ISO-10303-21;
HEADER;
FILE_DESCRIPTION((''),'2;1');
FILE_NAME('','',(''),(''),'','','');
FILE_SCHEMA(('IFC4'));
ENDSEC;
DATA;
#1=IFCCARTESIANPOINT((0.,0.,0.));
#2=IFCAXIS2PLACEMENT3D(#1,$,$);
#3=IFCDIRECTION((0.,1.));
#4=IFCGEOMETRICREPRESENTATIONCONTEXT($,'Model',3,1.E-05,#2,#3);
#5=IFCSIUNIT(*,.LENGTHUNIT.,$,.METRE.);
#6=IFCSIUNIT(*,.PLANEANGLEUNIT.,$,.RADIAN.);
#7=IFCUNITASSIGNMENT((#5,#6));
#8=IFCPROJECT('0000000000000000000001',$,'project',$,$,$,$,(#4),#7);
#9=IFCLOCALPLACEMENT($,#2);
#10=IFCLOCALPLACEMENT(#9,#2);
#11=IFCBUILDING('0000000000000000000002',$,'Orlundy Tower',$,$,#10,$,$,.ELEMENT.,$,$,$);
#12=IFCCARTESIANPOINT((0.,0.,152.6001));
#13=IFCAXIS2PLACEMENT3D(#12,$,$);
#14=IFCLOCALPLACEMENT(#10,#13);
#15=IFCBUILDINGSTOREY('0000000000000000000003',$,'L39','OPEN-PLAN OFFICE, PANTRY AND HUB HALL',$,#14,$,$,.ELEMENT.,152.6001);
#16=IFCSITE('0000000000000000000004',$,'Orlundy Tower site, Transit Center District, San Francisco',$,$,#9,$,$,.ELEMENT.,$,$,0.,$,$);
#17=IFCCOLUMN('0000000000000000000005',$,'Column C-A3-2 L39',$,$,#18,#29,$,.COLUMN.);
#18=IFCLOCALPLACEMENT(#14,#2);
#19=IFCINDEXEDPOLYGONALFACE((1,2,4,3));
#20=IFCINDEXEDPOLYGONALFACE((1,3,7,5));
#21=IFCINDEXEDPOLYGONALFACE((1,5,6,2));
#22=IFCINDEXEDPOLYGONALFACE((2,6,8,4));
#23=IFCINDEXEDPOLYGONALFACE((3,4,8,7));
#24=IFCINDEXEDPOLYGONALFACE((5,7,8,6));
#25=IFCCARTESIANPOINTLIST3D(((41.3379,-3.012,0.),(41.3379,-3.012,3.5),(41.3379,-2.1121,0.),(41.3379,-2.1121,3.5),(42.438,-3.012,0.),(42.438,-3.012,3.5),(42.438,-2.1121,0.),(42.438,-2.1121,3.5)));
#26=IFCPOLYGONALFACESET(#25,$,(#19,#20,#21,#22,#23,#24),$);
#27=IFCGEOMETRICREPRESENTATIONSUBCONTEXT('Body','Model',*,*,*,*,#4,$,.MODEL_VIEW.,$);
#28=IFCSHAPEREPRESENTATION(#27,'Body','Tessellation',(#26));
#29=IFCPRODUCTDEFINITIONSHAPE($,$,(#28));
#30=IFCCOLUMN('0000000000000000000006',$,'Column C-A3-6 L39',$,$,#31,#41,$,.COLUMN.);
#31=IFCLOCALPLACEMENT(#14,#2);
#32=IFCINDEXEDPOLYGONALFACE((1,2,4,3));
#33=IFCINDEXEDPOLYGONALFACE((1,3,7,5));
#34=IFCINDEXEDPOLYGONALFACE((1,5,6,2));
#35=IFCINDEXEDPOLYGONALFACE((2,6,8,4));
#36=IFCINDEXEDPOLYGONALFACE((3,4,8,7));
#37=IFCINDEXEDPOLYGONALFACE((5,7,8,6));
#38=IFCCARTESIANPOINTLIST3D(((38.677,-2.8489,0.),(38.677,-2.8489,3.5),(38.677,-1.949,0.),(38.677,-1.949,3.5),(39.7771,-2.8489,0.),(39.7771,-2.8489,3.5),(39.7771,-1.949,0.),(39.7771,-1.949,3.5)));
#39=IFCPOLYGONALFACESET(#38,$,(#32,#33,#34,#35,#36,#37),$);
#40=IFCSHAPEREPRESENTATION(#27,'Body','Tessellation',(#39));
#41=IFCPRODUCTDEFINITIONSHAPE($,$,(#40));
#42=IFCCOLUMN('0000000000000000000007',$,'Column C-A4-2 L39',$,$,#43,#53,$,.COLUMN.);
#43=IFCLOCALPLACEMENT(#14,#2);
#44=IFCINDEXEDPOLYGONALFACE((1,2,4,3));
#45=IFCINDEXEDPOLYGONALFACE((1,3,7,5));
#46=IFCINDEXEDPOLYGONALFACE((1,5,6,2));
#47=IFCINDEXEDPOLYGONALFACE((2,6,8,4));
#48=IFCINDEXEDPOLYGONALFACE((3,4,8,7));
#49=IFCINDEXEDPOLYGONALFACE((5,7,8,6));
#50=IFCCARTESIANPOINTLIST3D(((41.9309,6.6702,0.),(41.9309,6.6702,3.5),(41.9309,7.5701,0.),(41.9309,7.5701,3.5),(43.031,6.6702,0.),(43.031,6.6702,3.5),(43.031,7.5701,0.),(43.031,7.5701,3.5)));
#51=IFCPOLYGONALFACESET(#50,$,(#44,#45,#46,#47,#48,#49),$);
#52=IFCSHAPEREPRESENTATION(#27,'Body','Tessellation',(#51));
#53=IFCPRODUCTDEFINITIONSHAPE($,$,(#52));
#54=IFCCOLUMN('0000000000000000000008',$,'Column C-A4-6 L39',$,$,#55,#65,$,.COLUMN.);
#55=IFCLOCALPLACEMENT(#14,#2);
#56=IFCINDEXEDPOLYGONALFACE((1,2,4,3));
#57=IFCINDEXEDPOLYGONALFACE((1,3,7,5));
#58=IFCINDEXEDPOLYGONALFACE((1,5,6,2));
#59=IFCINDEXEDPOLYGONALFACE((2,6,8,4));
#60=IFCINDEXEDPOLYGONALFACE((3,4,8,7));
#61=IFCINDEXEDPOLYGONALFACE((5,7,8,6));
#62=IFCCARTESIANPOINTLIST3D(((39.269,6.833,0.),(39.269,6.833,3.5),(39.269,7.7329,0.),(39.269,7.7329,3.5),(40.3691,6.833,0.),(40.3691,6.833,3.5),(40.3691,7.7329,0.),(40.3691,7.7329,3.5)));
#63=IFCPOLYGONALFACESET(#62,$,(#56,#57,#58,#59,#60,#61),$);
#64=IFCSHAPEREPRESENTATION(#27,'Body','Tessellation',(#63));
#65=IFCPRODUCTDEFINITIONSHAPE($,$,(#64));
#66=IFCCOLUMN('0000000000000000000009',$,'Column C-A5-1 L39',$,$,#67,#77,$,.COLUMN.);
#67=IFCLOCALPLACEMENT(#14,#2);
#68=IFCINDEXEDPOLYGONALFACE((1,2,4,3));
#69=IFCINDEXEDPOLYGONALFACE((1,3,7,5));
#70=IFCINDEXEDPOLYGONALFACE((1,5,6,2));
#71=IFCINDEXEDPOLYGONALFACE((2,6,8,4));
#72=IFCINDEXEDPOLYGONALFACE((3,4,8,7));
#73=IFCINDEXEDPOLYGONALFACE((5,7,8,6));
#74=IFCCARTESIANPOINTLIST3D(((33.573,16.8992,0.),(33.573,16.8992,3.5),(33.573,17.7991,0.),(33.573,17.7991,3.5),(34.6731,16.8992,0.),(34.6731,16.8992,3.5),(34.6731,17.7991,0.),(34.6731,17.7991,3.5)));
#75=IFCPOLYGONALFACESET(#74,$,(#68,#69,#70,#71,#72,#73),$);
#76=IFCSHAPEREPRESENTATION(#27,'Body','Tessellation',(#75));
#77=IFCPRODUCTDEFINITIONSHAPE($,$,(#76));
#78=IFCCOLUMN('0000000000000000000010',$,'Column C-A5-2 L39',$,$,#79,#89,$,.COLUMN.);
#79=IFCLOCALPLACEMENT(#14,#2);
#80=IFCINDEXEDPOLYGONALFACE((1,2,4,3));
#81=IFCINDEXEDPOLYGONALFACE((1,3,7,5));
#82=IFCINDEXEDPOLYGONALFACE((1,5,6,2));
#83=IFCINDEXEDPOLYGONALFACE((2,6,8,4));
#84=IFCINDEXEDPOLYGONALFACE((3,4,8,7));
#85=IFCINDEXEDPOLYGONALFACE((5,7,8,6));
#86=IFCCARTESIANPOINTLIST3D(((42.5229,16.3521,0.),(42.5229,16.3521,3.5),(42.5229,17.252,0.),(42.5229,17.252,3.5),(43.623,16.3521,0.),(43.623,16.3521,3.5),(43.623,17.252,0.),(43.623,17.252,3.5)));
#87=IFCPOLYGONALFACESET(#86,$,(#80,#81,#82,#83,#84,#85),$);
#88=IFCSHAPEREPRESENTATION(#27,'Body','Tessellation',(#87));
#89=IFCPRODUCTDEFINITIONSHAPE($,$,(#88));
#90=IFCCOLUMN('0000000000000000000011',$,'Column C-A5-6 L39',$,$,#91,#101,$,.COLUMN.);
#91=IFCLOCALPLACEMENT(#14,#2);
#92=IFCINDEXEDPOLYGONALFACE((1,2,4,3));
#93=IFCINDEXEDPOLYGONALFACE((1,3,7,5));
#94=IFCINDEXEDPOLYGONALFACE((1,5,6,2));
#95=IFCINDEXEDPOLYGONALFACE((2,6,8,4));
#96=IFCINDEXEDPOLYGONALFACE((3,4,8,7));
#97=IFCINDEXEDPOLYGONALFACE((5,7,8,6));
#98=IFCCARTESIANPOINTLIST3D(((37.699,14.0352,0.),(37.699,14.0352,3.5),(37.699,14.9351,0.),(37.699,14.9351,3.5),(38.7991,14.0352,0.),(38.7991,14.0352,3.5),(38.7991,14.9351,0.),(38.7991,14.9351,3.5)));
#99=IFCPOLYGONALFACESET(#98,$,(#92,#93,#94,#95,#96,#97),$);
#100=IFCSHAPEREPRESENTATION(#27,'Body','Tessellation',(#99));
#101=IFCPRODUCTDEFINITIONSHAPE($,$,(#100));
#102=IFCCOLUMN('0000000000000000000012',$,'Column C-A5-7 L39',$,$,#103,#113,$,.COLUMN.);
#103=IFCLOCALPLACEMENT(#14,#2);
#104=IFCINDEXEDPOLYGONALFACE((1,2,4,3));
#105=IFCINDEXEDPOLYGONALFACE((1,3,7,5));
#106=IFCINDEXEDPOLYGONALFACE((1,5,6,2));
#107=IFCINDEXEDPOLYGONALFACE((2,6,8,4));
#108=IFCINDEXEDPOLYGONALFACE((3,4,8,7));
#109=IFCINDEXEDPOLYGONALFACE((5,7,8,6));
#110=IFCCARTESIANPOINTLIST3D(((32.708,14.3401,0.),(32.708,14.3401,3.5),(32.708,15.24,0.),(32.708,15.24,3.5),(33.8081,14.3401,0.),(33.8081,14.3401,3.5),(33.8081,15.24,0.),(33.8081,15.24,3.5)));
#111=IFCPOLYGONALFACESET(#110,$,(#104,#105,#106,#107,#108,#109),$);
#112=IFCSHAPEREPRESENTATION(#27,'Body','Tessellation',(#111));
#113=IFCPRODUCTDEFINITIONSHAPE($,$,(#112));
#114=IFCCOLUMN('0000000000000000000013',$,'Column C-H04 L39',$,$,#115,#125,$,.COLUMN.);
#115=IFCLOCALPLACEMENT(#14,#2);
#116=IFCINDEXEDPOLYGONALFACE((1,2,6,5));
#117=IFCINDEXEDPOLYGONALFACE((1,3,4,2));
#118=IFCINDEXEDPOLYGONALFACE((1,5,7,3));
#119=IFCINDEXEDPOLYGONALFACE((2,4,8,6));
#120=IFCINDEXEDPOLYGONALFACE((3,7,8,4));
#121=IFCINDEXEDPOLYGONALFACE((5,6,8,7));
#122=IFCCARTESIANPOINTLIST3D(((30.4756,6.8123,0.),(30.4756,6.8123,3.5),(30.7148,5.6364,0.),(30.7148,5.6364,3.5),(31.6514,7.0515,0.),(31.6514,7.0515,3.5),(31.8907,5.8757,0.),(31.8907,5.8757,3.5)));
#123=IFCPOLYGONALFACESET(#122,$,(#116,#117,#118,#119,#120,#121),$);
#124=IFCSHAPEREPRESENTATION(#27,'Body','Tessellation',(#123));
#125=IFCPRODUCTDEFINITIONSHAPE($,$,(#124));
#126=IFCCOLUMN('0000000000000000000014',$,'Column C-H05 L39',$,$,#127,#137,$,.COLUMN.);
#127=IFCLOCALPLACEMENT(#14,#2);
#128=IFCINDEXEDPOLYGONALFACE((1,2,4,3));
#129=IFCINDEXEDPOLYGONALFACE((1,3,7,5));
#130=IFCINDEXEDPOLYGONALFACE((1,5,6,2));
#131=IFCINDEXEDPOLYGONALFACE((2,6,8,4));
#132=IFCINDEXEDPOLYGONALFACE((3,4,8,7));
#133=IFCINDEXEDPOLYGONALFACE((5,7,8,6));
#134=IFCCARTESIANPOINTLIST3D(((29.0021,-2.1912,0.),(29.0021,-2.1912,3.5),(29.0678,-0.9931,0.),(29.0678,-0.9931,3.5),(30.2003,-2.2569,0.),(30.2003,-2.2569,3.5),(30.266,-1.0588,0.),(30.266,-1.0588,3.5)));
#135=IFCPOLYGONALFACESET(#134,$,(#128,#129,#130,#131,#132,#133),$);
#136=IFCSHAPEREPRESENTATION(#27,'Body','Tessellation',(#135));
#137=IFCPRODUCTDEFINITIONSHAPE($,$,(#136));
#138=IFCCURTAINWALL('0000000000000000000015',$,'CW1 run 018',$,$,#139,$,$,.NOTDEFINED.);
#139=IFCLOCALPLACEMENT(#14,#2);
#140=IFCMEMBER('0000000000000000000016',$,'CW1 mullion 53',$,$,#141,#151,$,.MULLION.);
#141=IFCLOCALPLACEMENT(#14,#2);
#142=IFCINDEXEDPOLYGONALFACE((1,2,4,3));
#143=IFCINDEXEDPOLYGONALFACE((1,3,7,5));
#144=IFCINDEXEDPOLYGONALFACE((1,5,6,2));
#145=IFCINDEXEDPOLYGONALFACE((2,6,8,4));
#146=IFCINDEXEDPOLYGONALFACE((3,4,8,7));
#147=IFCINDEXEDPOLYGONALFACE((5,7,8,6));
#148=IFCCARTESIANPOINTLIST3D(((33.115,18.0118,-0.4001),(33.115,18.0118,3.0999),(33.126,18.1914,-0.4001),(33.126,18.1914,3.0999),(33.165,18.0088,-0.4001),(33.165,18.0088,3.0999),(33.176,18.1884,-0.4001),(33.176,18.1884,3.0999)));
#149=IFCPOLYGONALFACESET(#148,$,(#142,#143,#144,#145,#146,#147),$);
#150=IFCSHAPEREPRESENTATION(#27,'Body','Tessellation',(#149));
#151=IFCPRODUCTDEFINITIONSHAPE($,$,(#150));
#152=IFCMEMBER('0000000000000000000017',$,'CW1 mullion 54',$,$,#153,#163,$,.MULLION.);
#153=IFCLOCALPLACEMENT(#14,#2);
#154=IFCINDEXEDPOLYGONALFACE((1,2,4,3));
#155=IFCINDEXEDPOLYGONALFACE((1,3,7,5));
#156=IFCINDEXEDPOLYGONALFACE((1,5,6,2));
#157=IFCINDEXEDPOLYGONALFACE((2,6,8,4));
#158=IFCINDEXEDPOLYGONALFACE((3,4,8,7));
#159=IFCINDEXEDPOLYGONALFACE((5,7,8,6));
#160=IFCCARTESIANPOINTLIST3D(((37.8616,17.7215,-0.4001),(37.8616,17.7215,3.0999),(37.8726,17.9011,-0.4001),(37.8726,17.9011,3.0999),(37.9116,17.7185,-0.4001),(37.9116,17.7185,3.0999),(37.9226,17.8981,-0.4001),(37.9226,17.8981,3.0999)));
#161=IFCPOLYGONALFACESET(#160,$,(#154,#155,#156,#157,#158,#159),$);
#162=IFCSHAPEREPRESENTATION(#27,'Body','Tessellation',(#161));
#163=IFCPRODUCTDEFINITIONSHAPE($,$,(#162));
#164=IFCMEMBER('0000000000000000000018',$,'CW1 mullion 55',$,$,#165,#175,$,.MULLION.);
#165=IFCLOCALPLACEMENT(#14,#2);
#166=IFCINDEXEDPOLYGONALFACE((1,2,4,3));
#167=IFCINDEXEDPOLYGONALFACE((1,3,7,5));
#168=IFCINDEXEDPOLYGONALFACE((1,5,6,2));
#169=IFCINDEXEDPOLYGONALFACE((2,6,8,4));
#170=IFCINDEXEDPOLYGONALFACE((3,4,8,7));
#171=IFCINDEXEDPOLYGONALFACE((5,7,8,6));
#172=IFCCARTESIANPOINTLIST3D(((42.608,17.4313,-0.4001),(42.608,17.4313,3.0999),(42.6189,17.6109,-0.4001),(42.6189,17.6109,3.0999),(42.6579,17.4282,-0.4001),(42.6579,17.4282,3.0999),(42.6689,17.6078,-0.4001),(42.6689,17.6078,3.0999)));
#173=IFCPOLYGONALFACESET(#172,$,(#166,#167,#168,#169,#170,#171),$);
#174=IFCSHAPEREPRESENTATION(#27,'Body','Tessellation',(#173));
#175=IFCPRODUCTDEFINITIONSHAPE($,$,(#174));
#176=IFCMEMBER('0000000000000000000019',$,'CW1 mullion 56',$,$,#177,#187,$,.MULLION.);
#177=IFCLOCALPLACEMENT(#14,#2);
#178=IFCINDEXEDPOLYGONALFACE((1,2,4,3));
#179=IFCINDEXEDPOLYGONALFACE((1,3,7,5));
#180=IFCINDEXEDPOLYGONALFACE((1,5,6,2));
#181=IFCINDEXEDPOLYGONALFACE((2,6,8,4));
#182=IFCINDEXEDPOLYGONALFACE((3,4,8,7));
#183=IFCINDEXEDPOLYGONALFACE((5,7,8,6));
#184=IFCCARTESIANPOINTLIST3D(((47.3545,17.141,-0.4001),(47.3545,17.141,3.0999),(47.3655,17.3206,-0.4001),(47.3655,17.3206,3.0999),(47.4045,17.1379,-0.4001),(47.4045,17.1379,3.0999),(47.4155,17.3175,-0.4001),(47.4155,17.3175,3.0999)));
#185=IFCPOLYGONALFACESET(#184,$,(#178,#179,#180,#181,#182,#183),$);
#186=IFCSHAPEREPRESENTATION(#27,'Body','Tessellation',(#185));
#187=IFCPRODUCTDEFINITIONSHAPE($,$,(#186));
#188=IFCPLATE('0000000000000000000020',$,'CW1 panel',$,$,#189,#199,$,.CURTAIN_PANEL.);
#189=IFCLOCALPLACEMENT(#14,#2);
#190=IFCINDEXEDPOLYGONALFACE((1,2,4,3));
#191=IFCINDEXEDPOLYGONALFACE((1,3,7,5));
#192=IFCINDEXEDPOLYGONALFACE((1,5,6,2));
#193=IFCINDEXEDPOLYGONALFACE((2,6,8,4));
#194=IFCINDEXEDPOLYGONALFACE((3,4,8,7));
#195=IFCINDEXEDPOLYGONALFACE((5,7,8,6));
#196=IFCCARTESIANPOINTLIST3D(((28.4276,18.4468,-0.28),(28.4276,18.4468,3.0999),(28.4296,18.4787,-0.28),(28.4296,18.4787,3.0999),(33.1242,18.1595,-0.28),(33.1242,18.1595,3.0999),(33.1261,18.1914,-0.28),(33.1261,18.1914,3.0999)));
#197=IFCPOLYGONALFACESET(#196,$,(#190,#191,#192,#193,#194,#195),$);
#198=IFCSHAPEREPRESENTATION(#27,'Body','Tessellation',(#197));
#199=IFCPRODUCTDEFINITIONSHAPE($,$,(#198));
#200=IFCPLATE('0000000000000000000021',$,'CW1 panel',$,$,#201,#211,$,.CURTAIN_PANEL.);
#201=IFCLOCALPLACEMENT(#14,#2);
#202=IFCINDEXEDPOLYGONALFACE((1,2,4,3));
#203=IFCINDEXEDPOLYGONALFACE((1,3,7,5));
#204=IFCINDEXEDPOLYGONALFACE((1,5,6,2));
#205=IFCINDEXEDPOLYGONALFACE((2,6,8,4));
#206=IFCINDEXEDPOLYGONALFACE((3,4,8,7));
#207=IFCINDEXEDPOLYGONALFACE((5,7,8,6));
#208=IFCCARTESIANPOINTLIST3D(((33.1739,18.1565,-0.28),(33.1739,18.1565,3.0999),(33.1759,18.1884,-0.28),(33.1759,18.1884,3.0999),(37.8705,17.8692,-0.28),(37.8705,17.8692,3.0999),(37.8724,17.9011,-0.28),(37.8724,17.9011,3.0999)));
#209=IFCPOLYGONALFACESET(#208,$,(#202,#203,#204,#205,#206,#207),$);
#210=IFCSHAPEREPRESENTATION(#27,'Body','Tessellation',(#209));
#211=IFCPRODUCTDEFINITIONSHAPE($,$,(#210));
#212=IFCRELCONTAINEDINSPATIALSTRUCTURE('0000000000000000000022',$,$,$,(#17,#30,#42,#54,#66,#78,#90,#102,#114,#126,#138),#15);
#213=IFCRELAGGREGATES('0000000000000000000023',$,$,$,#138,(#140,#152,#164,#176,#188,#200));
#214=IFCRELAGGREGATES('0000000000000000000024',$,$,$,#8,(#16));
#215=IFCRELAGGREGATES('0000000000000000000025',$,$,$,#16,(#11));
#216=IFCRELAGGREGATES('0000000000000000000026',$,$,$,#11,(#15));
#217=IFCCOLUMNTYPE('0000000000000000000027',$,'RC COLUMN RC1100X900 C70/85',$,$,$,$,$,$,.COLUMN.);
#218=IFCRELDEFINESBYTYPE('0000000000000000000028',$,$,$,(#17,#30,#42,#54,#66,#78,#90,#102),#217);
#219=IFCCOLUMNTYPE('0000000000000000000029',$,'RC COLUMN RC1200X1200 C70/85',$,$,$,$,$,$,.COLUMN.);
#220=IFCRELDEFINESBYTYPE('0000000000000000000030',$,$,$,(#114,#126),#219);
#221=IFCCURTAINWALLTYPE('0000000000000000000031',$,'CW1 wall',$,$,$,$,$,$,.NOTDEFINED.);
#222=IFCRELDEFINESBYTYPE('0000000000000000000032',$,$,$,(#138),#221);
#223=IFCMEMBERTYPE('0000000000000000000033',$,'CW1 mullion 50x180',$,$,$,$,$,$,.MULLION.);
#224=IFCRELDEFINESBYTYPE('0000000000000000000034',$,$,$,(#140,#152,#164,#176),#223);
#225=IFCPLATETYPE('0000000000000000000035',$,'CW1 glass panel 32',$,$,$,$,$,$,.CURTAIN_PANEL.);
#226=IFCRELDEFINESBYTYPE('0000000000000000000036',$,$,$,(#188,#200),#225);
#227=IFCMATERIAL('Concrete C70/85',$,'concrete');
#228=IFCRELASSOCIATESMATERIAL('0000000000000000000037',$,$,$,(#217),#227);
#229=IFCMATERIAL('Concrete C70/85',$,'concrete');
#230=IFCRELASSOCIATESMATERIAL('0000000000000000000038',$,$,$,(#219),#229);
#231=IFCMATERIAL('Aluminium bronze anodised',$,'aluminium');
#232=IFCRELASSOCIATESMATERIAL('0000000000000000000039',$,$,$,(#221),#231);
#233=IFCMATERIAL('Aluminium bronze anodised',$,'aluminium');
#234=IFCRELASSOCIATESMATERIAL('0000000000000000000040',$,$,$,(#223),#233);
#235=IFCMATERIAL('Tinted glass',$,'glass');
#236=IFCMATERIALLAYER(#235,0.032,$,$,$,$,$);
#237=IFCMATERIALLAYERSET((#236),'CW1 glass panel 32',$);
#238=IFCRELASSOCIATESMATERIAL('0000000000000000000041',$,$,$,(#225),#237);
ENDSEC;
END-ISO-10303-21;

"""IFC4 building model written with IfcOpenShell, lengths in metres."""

from ifc_helpers import new_model, si_unit, direction, frame, origin, origin_2d, place, context, subcontext, project, spatial, rectangle, extrude, material, layer, layer_set, material_profile, profile_set, type_object, element, aggregate, save


model = new_model("IFC4")

# Units and contexts
model_context = context("Model", 3, precision=1e-05, world=origin(), true_north=direction((0.0, 1.0)))
body_context = subcontext(model_context, "Body", "Model", "MODEL_VIEW")
ifc_project = project(units=[si_unit("LENGTHUNIT", "METRE"), si_unit("PLANEANGLEUNIT", "RADIAN")], contexts=[model_context])

# Site, building, storey
site_placement = place(None, origin())
site = spatial("IfcSite", under=ifc_project, at=site_placement, Name="Orlundy Tower site, Transit Center District, San Francisco", CompositionType="ELEMENT", RefElevation=0.0)
building_placement = place(site_placement, origin())
building = spatial("IfcBuilding", under=site, at=building_placement, Name="Orlundy Tower", CompositionType="ELEMENT")
storey_placement = place(building_placement, frame((0.0, 0.0, 152.6001)))
storey = spatial("IfcBuildingStorey", under=building, at=storey_placement, Name="L39", Description="OPEN-PLAN OFFICE, PANTRY AND HUB HALL", CompositionType="ELEMENT", Elevation=152.6001)

# Columns
ifc_material_1 = material(Name="Concrete C70/85", Category="concrete")
ifc_material_profile_1 = material_profile(ifc_material_1, rectangle(XDim=1.1001, YDim=0.8999, at=origin_2d()), Name="RC1100X900")
ifc_profile_set_1 = profile_set([ifc_material_profile_1], Name="Concrete C70/85")
column_type_1 = type_object("IfcColumnType", Name="RC COLUMN RC1100X900 C70/85", PredefinedType="COLUMN", material=ifc_profile_set_1)
for number, where, z_axis, x_axis, name in (
    (1, (41.8879, -2.562, 0.0), (0.0, 0.0, 1.0), (1.0, 0.0, 0.0), "Column C-A3-2 L39"),
    (2, (39.2271, -2.3989, 0.0), (0.0, 0.0, 1.0), (1.0, 0.0, 0.0), "Column C-A3-6 L39"),
    (3, (42.481, 7.1201, 0.0), (0.0, 0.0, 1.0), (1.0, 0.0, 0.0), "Column C-A4-2 L39"),
    (4, (39.8191, 7.283, 0.0), (0.0, 0.0, 1.0), (1.0, 0.0, 0.0), "Column C-A4-6 L39"),
    (5, (34.123, 17.3491, 0.0), (0.0, 0.0, 1.0), (1.0, 0.0, 0.0), "Column C-A5-1 L39"),
    (6, (43.073, 16.802, 0.0), (0.0, 0.0, 1.0), (1.0, 0.0, 0.0), "Column C-A5-2 L39"),
    (7, (38.249, 14.4851, 0.0), (0.0, 0.0, 1.0), (1.0, 0.0, 0.0), "Column C-A5-6 L39"),
    (8, (33.2581, 14.79, 0.0), (0.0, 0.0, 1.0), (1.0, 0.0, 0.0), "Column C-A5-7 L39"),
):
    element("IfcColumn", number, at=place(storey_placement, frame(where, z_axis=z_axis, x_axis=x_axis)), inside=storey, type_object=column_type_1, Name=name, PredefinedType="COLUMN", context=body_context, shape_type="SweptSolid", body=[
        extrude(rectangle(XDim=1.1001, YDim=0.8999, at=origin_2d()), origin(), (0.0, 0.0, 1.0), 3.5),
    ])
ifc_material_2 = material(Name="Concrete C70/85", Category="concrete")
ifc_material_profile_2 = material_profile(ifc_material_2, rectangle(XDim=1.2, YDim=1.2, at=origin_2d()), Name="RC1200X1200")
ifc_profile_set_2 = profile_set([ifc_material_profile_2], Name="Concrete C70/85")
column_type_2 = type_object("IfcColumnType", Name="RC COLUMN RC1200X1200 C70/85", PredefinedType="COLUMN", material=ifc_profile_set_2)
for number, where, z_axis, x_axis, name in (
    (9, (31.1831, 6.344, 0.0), (0.0, 0.0, 1.0), (0.979925, 0.199368, 0.0), "Column C-H04 L39"),
    (10, (29.634, -1.625, 0.0), (0.0, 0.0, 1.0), (0.9985, -0.054758, 0.0), "Column C-H05 L39"),
):
    element("IfcColumn", number, at=place(storey_placement, frame(where, z_axis=z_axis, x_axis=x_axis)), inside=storey, type_object=column_type_2, Name=name, PredefinedType="COLUMN", context=body_context, shape_type="SweptSolid", body=[
        extrude(rectangle(XDim=1.2, YDim=1.2, at=origin_2d()), origin(), (0.0, 0.0, 1.0), 3.5),
    ])

# Curtain wall, members, plates
ifc_material_3 = material(Name="Aluminium bronze anodised", Category="aluminium")
curtain_wall_type = type_object("IfcCurtainWallType", Name="CW1 wall", PredefinedType="NOTDEFINED", material=ifc_material_3)
curtain_wall_placement = place(storey_placement, origin())
curtain_wall = element("IfcCurtainWall", 11, at=curtain_wall_placement, inside=storey, type_object=curtain_wall_type, Name="CW1 run 018", PredefinedType="NOTDEFINED")
ifc_material_4 = material(Name="Aluminium bronze anodised", Category="aluminium")
ifc_material_profile_3 = material_profile(ifc_material_4, rectangle(XDim=0.1799, YDim=0.05, at=origin_2d()), Name="CW1 mullion 50x180")
ifc_profile_set_3 = profile_set([ifc_material_profile_3], Name="Aluminium bronze anodised")
member_type = type_object("IfcMemberType", Name="CW1 mullion 50x180", PredefinedType="MULLION", material=ifc_profile_set_3)
member_1_placement = place(storey_placement, frame((33.1455, 18.1001, -0.4001), z_axis=(0.0, 0.0, 1.0), x_axis=(0.061054, 0.998134, 0.0)))
member_1 = element("IfcMember", 12, at=member_1_placement, type_object=member_type, Name="CW1 mullion 53", PredefinedType="MULLION", context=body_context, shape_type="SweptSolid", body=[
    extrude(rectangle(XDim=0.1799, YDim=0.05, at=origin_2d()), origin(), (0.0, 0.0, 1.0), 3.5),
])
member_2_placement = place(storey_placement, frame((37.8921, 17.8098, -0.4001), z_axis=(0.0, 0.0, 1.0), x_axis=(0.061054, 0.998134, 0.0)))
member_2 = element("IfcMember", 13, at=member_2_placement, type_object=member_type, Name="CW1 mullion 54", PredefinedType="MULLION", context=body_context, shape_type="SweptSolid", body=[
    extrude(rectangle(XDim=0.1799, YDim=0.05, at=origin_2d()), origin(), (0.0, 0.0, 1.0), 3.5),
])
member_3_placement = place(storey_placement, frame((42.6384, 17.5195, -0.4001), z_axis=(0.0, 0.0, 1.0), x_axis=(0.061054, 0.998134, 0.0)))
member_3 = element("IfcMember", 14, at=member_3_placement, type_object=member_type, Name="CW1 mullion 55", PredefinedType="MULLION", context=body_context, shape_type="SweptSolid", body=[
    extrude(rectangle(XDim=0.1799, YDim=0.05, at=origin_2d()), origin(), (0.0, 0.0, 1.0), 3.5),
])
member_4_placement = place(storey_placement, frame((47.385, 17.2292, -0.4001), z_axis=(0.0, 0.0, 1.0), x_axis=(0.061054, 0.998134, 0.0)))
member_4 = element("IfcMember", 15, at=member_4_placement, type_object=member_type, Name="CW1 mullion 56", PredefinedType="MULLION", context=body_context, shape_type="SweptSolid", body=[
    extrude(rectangle(XDim=0.1799, YDim=0.05, at=origin_2d()), origin(), (0.0, 0.0, 1.0), 3.5),
])
ifc_material_5 = material(Name="Tinted glass", Category="glass")
ifc_layer_1 = layer(ifc_material_5, 0.032)
ifc_layer_set_1 = layer_set([ifc_layer_1], Name="CW1 glass panel 32")
plate_type = type_object("IfcPlateType", Name="CW1 glass panel 32", PredefinedType="CURTAIN_PANEL", material=ifc_layer_set_1)
plate_1_placement = place(storey_placement, frame((30.7769, 18.3191, -0.28), z_axis=(0.0, 0.0, 1.0), x_axis=(0.998134, -0.061054, 0.0)))
plate_1 = element("IfcPlate", 16, at=plate_1_placement, type_object=plate_type, Name="CW1 panel", PredefinedType="CURTAIN_PANEL", context=body_context, shape_type="SweptSolid", body=[
    extrude(rectangle(XDim=4.7053, YDim=0.032, at=origin_2d()), origin(), (0.0, 0.0, 1.0), 3.3799),
])
plate_2_placement = place(storey_placement, frame((35.5232, 18.0288, -0.28), z_axis=(0.0, 0.0, 1.0), x_axis=(0.998134, -0.061054, 0.0)))
plate_2 = element("IfcPlate", 17, at=plate_2_placement, type_object=plate_type, Name="CW1 panel", PredefinedType="CURTAIN_PANEL", context=body_context, shape_type="SweptSolid", body=[
    extrude(rectangle(XDim=4.7053, YDim=0.032, at=origin_2d()), origin(), (0.0, 0.0, 1.0), 3.3799),
])
aggregate(curtain_wall, [member_1, member_2, member_3, member_4, plate_1, plate_2])

save(model, "model.ifc")
